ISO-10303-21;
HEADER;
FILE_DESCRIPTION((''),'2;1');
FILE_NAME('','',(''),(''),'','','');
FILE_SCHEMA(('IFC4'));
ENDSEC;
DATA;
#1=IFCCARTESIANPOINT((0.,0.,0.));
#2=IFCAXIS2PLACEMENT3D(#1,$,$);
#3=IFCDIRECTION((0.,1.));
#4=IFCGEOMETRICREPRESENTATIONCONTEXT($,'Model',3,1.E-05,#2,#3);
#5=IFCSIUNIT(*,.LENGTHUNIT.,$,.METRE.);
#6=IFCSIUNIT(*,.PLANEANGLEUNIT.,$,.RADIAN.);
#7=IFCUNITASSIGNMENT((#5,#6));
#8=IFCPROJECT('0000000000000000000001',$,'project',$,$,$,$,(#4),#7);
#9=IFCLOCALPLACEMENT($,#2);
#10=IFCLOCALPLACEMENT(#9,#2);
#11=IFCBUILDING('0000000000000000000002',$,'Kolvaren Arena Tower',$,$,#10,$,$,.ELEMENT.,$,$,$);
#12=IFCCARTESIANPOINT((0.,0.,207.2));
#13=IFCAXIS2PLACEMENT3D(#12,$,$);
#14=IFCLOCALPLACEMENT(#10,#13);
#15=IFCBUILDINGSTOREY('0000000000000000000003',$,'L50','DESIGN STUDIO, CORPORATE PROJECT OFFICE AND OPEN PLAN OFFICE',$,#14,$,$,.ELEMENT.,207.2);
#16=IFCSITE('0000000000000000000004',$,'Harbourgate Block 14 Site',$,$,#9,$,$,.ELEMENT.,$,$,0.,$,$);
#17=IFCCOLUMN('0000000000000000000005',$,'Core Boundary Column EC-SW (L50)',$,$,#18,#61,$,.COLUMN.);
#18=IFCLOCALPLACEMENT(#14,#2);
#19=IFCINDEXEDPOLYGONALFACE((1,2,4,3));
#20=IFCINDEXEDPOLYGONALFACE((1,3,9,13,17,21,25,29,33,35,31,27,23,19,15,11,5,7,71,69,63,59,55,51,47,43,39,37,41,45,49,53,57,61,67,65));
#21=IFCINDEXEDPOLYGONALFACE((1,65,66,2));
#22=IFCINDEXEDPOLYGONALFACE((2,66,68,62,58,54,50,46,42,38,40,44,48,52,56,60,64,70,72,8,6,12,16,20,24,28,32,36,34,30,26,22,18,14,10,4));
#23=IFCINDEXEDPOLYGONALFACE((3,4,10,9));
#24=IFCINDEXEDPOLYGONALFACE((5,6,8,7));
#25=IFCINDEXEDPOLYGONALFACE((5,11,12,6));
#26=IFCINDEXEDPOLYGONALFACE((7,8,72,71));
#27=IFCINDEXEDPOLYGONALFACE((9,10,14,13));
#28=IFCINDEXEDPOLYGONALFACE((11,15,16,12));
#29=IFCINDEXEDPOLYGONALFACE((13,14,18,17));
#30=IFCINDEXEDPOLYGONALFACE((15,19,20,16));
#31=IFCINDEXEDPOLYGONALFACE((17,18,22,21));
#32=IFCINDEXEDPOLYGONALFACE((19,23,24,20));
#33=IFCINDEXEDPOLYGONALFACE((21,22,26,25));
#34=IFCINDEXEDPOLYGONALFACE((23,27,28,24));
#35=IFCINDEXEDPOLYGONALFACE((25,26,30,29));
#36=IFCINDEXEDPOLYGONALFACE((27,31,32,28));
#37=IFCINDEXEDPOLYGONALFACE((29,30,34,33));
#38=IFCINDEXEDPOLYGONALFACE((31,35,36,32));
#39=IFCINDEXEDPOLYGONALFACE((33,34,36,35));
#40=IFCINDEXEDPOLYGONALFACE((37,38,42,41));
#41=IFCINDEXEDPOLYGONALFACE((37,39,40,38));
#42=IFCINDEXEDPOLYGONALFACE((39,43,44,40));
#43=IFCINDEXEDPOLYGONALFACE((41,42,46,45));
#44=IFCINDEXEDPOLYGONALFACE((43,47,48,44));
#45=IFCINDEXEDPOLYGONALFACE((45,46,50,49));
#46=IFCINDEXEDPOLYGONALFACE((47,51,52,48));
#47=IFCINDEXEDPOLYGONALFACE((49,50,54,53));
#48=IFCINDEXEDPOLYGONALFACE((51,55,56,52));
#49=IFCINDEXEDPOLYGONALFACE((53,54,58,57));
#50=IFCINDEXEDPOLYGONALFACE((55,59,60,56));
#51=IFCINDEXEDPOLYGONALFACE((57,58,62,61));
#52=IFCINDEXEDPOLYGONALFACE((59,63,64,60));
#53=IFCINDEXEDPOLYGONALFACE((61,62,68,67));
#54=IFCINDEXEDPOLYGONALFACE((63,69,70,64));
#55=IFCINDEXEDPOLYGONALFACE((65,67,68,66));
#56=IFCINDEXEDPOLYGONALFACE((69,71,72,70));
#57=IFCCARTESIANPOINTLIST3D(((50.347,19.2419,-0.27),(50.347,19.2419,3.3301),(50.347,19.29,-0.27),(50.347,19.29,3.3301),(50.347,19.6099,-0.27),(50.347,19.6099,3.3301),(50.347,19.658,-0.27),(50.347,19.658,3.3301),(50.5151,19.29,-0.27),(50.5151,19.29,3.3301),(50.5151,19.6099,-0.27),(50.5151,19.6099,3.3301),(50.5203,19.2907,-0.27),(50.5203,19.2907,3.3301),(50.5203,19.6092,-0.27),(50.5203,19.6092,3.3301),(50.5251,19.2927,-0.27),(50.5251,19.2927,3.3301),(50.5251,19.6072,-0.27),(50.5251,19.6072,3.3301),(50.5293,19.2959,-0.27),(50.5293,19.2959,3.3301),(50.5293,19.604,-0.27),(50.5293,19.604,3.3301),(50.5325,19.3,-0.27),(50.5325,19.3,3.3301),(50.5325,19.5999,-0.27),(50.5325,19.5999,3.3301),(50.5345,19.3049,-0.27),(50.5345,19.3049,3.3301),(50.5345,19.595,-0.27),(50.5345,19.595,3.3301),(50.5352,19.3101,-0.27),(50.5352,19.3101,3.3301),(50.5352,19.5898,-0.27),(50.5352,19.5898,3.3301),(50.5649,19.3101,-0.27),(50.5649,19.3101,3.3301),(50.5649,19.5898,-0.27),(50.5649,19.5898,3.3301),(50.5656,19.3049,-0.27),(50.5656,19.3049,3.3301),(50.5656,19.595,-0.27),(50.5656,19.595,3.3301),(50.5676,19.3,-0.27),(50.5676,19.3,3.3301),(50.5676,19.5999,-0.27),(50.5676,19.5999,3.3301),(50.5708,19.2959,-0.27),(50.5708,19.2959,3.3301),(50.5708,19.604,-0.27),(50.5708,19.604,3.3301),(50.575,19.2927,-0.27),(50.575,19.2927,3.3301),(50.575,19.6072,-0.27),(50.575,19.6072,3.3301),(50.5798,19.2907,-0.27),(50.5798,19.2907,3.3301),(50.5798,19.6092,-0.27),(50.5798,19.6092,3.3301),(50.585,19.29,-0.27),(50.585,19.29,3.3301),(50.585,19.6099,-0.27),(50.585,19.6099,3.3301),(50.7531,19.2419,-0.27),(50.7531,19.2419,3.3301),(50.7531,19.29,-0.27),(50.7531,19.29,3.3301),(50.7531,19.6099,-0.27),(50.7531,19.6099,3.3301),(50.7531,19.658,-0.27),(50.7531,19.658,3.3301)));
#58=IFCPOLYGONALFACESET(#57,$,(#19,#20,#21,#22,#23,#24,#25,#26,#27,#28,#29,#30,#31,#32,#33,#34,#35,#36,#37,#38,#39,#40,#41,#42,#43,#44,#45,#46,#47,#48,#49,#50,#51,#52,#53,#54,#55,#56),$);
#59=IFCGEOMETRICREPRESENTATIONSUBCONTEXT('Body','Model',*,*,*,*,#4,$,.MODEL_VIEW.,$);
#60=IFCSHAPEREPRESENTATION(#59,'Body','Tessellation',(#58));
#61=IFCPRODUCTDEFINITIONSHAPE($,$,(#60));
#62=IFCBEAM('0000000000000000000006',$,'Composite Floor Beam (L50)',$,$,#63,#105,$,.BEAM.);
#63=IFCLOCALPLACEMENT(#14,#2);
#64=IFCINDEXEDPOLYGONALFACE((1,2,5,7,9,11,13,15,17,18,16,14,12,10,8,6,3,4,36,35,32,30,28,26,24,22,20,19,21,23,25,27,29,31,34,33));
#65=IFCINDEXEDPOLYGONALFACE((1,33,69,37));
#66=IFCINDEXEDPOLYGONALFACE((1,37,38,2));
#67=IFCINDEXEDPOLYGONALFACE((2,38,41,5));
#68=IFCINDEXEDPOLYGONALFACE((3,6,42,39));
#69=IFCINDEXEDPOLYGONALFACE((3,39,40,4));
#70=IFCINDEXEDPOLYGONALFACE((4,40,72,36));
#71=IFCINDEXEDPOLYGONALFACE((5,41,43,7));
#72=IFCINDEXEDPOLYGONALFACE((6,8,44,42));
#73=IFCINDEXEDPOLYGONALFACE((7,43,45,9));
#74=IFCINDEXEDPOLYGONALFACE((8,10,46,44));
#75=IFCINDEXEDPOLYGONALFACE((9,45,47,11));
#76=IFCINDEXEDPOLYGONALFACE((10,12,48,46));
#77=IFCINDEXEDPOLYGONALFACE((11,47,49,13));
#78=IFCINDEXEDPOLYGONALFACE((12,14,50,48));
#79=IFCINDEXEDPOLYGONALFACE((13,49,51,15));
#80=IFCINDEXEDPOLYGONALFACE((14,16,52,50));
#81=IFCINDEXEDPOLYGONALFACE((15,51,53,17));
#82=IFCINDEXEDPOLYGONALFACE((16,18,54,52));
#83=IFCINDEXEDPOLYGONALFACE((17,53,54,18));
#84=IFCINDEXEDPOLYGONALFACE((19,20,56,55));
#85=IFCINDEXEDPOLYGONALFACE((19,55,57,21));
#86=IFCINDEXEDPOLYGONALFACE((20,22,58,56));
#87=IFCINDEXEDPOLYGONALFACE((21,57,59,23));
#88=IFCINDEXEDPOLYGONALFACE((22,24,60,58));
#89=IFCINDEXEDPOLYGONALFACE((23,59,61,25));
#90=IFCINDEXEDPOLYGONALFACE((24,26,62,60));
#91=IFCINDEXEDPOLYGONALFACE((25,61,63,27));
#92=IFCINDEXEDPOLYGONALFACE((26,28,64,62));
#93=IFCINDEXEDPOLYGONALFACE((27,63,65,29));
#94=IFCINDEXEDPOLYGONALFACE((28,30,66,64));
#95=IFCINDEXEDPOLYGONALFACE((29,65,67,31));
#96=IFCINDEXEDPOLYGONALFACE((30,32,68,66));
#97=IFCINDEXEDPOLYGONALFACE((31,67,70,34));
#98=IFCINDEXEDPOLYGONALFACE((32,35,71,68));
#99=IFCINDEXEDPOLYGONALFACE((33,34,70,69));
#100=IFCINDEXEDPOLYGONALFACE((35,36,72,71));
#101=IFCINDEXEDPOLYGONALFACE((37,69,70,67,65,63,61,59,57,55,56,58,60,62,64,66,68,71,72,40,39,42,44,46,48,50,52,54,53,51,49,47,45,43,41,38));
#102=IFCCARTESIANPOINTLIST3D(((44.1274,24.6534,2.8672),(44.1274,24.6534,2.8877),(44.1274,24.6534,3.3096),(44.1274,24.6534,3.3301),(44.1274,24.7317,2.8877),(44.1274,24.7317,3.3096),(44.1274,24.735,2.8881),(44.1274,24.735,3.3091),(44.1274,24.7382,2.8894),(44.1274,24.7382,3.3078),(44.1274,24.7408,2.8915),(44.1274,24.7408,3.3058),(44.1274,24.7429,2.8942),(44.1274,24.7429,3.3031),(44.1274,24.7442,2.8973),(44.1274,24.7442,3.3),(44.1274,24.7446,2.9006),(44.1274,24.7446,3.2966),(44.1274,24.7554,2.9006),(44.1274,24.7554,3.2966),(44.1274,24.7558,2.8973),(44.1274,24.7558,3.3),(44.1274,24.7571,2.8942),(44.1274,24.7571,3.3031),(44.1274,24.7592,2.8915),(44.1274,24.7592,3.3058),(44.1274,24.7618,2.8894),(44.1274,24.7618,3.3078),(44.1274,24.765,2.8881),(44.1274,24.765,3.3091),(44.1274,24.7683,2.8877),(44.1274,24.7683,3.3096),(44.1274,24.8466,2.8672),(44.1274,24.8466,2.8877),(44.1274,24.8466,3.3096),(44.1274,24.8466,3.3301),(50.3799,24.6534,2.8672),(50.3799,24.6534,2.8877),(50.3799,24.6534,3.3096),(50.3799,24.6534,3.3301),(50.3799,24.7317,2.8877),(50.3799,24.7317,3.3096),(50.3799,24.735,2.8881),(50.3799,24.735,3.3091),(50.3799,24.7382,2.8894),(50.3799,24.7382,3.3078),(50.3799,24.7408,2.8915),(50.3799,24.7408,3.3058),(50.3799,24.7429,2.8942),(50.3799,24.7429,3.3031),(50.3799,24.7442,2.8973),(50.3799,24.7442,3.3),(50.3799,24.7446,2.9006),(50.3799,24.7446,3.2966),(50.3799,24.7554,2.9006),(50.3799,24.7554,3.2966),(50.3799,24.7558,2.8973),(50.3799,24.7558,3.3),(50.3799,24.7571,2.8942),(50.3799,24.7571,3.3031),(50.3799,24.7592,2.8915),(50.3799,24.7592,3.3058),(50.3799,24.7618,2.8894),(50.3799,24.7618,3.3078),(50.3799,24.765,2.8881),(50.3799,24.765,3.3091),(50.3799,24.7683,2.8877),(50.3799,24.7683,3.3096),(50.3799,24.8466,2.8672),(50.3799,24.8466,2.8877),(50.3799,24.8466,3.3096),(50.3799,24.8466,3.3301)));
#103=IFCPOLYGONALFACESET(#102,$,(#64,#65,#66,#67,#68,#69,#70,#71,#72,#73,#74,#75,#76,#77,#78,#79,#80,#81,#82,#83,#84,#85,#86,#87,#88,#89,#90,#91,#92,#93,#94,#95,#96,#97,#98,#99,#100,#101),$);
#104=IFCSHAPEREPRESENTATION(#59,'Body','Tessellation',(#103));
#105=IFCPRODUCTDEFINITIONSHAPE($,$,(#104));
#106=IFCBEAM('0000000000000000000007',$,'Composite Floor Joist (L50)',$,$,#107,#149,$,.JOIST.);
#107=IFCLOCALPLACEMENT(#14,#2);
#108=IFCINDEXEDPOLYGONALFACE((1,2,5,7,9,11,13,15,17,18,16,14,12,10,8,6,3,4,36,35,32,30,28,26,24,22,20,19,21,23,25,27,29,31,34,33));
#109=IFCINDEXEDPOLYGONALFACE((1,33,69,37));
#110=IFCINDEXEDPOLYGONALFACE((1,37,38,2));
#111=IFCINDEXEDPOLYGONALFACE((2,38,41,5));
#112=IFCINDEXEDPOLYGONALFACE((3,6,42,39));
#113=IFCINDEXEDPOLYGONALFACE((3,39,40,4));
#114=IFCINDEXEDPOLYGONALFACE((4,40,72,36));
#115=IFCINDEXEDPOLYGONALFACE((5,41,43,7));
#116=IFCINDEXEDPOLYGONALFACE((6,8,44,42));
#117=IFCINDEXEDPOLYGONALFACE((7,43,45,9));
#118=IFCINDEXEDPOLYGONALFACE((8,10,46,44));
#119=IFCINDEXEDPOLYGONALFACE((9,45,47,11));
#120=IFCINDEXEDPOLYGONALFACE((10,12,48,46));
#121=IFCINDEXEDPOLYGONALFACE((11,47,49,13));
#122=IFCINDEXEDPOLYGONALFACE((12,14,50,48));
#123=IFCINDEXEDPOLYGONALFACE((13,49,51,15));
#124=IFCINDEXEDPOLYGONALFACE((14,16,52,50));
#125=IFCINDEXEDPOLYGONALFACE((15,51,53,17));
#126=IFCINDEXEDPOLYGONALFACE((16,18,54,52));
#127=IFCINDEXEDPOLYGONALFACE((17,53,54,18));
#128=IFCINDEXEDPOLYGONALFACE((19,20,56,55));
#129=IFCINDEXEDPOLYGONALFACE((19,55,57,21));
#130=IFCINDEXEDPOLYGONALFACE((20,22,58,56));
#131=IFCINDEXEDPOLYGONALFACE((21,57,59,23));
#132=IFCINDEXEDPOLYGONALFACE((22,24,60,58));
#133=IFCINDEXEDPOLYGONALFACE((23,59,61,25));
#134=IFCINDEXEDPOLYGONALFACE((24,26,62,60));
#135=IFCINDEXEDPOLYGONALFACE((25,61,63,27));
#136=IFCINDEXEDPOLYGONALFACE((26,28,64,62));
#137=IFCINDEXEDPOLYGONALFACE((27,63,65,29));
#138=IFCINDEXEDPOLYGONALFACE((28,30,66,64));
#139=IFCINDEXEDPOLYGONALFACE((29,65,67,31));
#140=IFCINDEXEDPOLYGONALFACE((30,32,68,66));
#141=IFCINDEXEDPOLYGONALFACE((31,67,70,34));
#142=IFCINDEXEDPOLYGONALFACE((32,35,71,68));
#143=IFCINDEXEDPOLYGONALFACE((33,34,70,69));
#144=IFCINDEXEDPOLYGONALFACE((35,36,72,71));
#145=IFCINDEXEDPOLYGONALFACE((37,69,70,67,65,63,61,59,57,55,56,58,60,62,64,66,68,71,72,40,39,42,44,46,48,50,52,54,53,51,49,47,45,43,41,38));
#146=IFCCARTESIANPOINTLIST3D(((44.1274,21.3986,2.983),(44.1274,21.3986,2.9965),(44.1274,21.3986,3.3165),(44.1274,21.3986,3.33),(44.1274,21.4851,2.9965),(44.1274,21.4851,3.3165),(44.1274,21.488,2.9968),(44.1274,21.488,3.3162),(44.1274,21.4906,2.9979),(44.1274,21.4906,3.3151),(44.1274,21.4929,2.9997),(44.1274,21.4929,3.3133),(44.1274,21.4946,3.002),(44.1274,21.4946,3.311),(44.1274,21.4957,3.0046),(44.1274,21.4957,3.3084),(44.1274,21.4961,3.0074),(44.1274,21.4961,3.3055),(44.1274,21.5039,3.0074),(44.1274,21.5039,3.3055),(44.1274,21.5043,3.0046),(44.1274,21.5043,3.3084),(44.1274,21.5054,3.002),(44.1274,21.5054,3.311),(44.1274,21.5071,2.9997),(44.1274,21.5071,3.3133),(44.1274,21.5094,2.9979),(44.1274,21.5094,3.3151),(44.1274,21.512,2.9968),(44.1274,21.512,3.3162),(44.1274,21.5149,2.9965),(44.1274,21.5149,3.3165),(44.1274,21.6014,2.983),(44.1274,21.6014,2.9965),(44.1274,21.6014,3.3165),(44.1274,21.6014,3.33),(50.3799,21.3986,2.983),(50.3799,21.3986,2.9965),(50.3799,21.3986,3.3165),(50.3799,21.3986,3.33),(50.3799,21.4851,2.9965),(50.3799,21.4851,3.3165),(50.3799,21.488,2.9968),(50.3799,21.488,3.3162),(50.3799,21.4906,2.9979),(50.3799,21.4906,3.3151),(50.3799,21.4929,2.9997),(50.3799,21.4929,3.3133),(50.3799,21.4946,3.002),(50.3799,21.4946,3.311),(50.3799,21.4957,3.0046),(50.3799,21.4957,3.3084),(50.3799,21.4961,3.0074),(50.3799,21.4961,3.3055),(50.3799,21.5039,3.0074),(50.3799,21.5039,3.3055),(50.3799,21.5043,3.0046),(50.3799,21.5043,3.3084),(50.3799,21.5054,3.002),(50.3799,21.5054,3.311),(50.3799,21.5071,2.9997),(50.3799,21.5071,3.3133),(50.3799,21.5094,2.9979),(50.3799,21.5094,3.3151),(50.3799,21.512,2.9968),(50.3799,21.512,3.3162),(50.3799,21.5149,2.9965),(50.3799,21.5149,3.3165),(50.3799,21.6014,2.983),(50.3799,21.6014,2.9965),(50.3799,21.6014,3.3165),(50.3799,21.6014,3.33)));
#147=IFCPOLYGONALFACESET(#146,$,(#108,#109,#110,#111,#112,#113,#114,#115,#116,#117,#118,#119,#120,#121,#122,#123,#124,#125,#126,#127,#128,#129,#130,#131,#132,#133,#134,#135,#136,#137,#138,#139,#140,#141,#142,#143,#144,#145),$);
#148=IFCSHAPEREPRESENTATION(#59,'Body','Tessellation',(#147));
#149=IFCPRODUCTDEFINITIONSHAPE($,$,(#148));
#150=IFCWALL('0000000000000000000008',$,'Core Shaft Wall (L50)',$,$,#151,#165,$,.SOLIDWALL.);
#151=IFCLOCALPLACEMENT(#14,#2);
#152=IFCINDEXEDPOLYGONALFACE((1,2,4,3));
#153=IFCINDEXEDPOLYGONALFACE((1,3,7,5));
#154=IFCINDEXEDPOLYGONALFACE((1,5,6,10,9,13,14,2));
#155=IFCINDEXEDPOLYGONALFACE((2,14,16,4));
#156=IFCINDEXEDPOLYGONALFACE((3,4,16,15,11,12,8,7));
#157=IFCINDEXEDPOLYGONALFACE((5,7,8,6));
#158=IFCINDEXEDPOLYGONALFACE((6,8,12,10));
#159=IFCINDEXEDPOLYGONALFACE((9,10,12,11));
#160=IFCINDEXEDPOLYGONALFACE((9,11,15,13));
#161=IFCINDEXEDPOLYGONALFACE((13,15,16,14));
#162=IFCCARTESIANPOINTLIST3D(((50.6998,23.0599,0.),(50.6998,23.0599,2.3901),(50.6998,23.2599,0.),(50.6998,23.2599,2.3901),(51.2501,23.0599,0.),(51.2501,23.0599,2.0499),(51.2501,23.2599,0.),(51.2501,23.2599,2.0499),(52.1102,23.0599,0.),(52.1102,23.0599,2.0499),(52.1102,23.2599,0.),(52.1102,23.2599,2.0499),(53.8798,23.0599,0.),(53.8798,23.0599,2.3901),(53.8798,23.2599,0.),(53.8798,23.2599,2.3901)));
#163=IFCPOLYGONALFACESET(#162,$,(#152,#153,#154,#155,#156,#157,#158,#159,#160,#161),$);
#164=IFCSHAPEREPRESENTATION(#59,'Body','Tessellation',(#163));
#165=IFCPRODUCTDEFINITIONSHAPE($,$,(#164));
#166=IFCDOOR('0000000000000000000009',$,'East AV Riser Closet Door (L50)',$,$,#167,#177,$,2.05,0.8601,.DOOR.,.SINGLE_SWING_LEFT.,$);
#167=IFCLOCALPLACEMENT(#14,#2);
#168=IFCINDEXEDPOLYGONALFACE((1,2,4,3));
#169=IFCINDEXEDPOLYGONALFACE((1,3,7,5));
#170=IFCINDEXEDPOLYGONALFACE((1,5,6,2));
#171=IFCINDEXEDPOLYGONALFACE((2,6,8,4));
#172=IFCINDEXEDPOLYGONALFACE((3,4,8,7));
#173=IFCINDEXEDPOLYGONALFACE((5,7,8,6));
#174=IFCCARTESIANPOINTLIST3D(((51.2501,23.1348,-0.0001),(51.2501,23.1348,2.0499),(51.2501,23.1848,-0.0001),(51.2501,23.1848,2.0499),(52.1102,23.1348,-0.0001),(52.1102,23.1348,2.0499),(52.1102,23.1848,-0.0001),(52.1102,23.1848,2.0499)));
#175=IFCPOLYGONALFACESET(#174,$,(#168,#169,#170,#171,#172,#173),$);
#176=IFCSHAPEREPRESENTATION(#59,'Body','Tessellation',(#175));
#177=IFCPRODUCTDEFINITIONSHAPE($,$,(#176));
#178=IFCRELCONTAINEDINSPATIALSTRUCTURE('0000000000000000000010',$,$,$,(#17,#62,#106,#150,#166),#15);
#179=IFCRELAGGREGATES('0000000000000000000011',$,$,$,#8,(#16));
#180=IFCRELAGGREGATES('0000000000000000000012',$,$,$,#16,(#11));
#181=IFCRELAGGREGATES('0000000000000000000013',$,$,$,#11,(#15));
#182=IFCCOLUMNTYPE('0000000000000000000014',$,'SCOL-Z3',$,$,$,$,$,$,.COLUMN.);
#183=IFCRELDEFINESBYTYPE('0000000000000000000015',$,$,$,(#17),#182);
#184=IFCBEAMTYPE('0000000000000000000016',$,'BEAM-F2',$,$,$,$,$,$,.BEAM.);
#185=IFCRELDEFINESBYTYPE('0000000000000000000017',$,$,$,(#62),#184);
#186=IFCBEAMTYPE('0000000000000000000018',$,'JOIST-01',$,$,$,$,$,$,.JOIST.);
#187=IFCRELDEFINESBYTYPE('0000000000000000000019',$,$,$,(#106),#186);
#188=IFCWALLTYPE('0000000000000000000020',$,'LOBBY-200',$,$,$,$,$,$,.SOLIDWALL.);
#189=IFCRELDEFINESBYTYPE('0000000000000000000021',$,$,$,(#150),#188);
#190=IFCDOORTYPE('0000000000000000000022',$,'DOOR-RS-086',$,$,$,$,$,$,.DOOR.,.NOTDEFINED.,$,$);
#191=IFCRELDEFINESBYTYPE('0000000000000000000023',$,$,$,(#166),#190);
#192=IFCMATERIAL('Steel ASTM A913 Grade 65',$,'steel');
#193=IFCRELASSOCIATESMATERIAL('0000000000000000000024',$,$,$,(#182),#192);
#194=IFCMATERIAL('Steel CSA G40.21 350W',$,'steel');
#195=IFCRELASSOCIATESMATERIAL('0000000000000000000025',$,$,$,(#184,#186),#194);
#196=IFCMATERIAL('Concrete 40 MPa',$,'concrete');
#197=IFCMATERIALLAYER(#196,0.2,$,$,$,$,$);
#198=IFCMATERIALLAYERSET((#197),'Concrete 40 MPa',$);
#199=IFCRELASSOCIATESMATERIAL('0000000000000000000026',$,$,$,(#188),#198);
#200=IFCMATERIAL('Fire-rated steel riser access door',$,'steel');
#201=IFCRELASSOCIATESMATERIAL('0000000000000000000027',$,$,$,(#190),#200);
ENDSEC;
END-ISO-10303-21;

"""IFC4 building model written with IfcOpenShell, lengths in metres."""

from ifc_helpers import new_model, si_unit, direction, frame, frame_2d, origin, origin_2d, place, context, subcontext, project, spatial, rectangle, i_section, extrude, material, layer, layer_set, material_profile, profile_set, type_object, element, fill, save


model = new_model("IFC4")

# Units and contexts
model_context = context("Model", 3, precision=1e-05, world=origin(), true_north=direction((0.0, 1.0)))
body_context = subcontext(model_context, "Body", "Model", "MODEL_VIEW")
ifc_project = project(units=[si_unit("LENGTHUNIT", "METRE"), si_unit("PLANEANGLEUNIT", "RADIAN")], contexts=[model_context])

# Site, building, storey
site_placement = place(None, origin())
site = spatial("IfcSite", under=ifc_project, at=site_placement, Name="Harbourgate Block 14 Site", CompositionType="ELEMENT", RefElevation=0.0)
building_placement = place(site_placement, origin())
building = spatial("IfcBuilding", under=site, at=building_placement, Name="Kolvaren Arena Tower", CompositionType="ELEMENT")
storey_placement = place(building_placement, frame((0.0, 0.0, 207.2)))
storey = spatial("IfcBuildingStorey", under=building, at=storey_placement, Name="L50", Description="DESIGN STUDIO, CORPORATE PROJECT OFFICE AND OPEN PLAN OFFICE", CompositionType="ELEMENT", Elevation=207.2)

# Column
ifc_material_1 = material(Name="Steel ASTM A913 Grade 65", Category="steel")
ifc_material_profile_1 = material_profile(ifc_material_1, i_section(OverallWidth=0.406, OverallDepth=0.416, WebThickness=0.0298, FlangeThickness=0.0481, FilletRadius=0.02, at=origin_2d()), Name="W360x382")
ifc_profile_set_1 = profile_set([ifc_material_profile_1], Name="Steel ASTM A913 Grade 65")
column_type = type_object("IfcColumnType", Name="SCOL-Z3", PredefinedType="COLUMN", material=ifc_profile_set_1)
column_placement = place(storey_placement, frame((50.55, 19.45, -0.27), z_axis=(0.0, 0.0, 1.0), x_axis=(1.0, 0.0, 0.0)))
element("IfcColumn", 1, at=column_placement, inside=storey, type_object=column_type, Name="Core Boundary Column EC-SW (L50)", PredefinedType="COLUMN", context=body_context, shape_type="SweptSolid", body=[
    extrude(i_section(OverallWidth=0.406, OverallDepth=0.416, WebThickness=0.0298, FlangeThickness=0.0481, FilletRadius=0.02, at=origin_2d()), origin(), (0.0, 0.0, 1.0), 3.6001),
])

# Beams
ifc_material_2 = material(Name="Steel CSA G40.21 350W", Category="steel")
ifc_material_profile_2 = material_profile(ifc_material_2, i_section(OverallWidth=0.1931, OverallDepth=0.4629, WebThickness=0.0107, FlangeThickness=0.0205, FilletRadius=0.0129, at=origin_2d()), Name="W460x113")
ifc_profile_set_2 = profile_set([ifc_material_profile_2], Name="Steel CSA G40.21 350W")
beam_type_1 = type_object("IfcBeamType", Name="BEAM-F2", PredefinedType="BEAM", material=ifc_profile_set_2)
beam_1_placement = place(storey_placement, frame((44.1274, 24.75, 3.0986), z_axis=(1.0, 0.0, 0.0), x_axis=(0.0, 1.0, 0.0)))
element("IfcBeam", 2, at=beam_1_placement, inside=storey, type_object=beam_type_1, Name="Composite Floor Beam (L50)", PredefinedType="BEAM", context=body_context, shape_type="SweptSolid", body=[
    extrude(i_section(OverallWidth=0.1931, OverallDepth=0.4629, WebThickness=0.0107, FlangeThickness=0.0205, FilletRadius=0.0129, at=origin_2d()), origin(), (0.0, 0.0, 1.0), 6.2524),
])
ifc_material_profile_3 = material_profile(ifc_material_2, i_section(OverallWidth=0.2029, OverallDepth=0.3469, WebThickness=0.0078, FlangeThickness=0.0134, FilletRadius=0.011, at=origin_2d()), Name="W360x64")
ifc_profile_set_3 = profile_set([ifc_material_profile_3], Name="Steel CSA G40.21 350W")
beam_type_2 = type_object("IfcBeamType", Name="JOIST-01", PredefinedType="JOIST", material=ifc_profile_set_3)
beam_2_placement = place(storey_placement, frame((44.1274, 21.5, 3.1565), z_axis=(1.0, 0.0, 0.0), x_axis=(0.0, 1.0, 0.0)))
element("IfcBeam", 3, at=beam_2_placement, inside=storey, type_object=beam_type_2, Name="Composite Floor Joist (L50)", PredefinedType="JOIST", context=body_context, shape_type="SweptSolid", body=[
    extrude(i_section(OverallWidth=0.2029, OverallDepth=0.3469, WebThickness=0.0078, FlangeThickness=0.0134, FilletRadius=0.011, at=origin_2d()), origin(), (0.0, 0.0, 1.0), 6.2524),
])

# Shared definitions
ifc_material_3 = material(Name="Concrete 40 MPa", Category="concrete")
ifc_layer_1 = layer(ifc_material_3, 0.2)
ifc_layer_set_1 = layer_set([ifc_layer_1], Name="Concrete 40 MPa")
wall_type_1 = type_object("IfcWallType", Name="LOBBY-200", PredefinedType="SOLIDWALL", material=ifc_layer_set_1)

# Wall, opening, door
wall_1_placement = place(storey_placement, frame((50.7, 23.1599, 0.0), z_axis=(0.0, 0.0, 1.0), x_axis=(1.0, 0.0, 0.0)))
wall_1 = element("IfcWall", 4, at=wall_1_placement, inside=storey, type_object=wall_type_1, Name="Core Shaft Wall (L50)", PredefinedType="SOLIDWALL", context=body_context, shape_type="SweptSolid", body=[
    extrude(rectangle(XDim=3.1799, YDim=0.2, at=frame_2d((1.5898, 0.0))), origin(), (0.0, 0.0, 1.0), 2.3901),
])
opening_1_placement = place(wall_1_placement, frame((0.55, 0.0, 0.0)))
opening_1 = element("IfcOpeningElement", 5, at=opening_1_placement, cuts=wall_1, PredefinedType="OPENING", context=body_context, shape_type="SweptSolid", body=[
    extrude(rectangle(XDim=0.8601, YDim=2.05, at=frame_2d((0.4302, 1.0249))), frame((0.0, 0.1099, 0.0), z_axis=(0.0, -1.0, 0.0), x_axis=(1.0, 0.0, 0.0)), (0.0, 0.0, 1.0), 0.22),
])
ifc_material_4 = material(Name="Fire-rated steel riser access door", Category="steel")
door_type_1 = type_object("IfcDoorType", Name="DOOR-RS-086", OperationType="NOTDEFINED", PredefinedType="DOOR", material=ifc_material_4)
door_1_placement = place(opening_1_placement, origin())
door_1 = element("IfcDoor", 6, at=door_1_placement, inside=storey, type_object=door_type_1, Name="East AV Riser Closet Door (L50)", OperationType="SINGLE_SWING_LEFT", OverallHeight=2.05, OverallWidth=0.8601, PredefinedType="DOOR", context=body_context, shape_type="SweptSolid", body=[
    extrude(rectangle(XDim=0.8601, YDim=2.05, at=frame_2d((0.4302, 1.0249))), frame((0.0, 0.0249, 0.0), z_axis=(0.0, -1.0, 0.0), x_axis=(1.0, 0.0, 0.0)), (0.0, 0.0, 1.0), 0.05),
])
fill(opening_1, door_1)

save(model, "model.ifc")
